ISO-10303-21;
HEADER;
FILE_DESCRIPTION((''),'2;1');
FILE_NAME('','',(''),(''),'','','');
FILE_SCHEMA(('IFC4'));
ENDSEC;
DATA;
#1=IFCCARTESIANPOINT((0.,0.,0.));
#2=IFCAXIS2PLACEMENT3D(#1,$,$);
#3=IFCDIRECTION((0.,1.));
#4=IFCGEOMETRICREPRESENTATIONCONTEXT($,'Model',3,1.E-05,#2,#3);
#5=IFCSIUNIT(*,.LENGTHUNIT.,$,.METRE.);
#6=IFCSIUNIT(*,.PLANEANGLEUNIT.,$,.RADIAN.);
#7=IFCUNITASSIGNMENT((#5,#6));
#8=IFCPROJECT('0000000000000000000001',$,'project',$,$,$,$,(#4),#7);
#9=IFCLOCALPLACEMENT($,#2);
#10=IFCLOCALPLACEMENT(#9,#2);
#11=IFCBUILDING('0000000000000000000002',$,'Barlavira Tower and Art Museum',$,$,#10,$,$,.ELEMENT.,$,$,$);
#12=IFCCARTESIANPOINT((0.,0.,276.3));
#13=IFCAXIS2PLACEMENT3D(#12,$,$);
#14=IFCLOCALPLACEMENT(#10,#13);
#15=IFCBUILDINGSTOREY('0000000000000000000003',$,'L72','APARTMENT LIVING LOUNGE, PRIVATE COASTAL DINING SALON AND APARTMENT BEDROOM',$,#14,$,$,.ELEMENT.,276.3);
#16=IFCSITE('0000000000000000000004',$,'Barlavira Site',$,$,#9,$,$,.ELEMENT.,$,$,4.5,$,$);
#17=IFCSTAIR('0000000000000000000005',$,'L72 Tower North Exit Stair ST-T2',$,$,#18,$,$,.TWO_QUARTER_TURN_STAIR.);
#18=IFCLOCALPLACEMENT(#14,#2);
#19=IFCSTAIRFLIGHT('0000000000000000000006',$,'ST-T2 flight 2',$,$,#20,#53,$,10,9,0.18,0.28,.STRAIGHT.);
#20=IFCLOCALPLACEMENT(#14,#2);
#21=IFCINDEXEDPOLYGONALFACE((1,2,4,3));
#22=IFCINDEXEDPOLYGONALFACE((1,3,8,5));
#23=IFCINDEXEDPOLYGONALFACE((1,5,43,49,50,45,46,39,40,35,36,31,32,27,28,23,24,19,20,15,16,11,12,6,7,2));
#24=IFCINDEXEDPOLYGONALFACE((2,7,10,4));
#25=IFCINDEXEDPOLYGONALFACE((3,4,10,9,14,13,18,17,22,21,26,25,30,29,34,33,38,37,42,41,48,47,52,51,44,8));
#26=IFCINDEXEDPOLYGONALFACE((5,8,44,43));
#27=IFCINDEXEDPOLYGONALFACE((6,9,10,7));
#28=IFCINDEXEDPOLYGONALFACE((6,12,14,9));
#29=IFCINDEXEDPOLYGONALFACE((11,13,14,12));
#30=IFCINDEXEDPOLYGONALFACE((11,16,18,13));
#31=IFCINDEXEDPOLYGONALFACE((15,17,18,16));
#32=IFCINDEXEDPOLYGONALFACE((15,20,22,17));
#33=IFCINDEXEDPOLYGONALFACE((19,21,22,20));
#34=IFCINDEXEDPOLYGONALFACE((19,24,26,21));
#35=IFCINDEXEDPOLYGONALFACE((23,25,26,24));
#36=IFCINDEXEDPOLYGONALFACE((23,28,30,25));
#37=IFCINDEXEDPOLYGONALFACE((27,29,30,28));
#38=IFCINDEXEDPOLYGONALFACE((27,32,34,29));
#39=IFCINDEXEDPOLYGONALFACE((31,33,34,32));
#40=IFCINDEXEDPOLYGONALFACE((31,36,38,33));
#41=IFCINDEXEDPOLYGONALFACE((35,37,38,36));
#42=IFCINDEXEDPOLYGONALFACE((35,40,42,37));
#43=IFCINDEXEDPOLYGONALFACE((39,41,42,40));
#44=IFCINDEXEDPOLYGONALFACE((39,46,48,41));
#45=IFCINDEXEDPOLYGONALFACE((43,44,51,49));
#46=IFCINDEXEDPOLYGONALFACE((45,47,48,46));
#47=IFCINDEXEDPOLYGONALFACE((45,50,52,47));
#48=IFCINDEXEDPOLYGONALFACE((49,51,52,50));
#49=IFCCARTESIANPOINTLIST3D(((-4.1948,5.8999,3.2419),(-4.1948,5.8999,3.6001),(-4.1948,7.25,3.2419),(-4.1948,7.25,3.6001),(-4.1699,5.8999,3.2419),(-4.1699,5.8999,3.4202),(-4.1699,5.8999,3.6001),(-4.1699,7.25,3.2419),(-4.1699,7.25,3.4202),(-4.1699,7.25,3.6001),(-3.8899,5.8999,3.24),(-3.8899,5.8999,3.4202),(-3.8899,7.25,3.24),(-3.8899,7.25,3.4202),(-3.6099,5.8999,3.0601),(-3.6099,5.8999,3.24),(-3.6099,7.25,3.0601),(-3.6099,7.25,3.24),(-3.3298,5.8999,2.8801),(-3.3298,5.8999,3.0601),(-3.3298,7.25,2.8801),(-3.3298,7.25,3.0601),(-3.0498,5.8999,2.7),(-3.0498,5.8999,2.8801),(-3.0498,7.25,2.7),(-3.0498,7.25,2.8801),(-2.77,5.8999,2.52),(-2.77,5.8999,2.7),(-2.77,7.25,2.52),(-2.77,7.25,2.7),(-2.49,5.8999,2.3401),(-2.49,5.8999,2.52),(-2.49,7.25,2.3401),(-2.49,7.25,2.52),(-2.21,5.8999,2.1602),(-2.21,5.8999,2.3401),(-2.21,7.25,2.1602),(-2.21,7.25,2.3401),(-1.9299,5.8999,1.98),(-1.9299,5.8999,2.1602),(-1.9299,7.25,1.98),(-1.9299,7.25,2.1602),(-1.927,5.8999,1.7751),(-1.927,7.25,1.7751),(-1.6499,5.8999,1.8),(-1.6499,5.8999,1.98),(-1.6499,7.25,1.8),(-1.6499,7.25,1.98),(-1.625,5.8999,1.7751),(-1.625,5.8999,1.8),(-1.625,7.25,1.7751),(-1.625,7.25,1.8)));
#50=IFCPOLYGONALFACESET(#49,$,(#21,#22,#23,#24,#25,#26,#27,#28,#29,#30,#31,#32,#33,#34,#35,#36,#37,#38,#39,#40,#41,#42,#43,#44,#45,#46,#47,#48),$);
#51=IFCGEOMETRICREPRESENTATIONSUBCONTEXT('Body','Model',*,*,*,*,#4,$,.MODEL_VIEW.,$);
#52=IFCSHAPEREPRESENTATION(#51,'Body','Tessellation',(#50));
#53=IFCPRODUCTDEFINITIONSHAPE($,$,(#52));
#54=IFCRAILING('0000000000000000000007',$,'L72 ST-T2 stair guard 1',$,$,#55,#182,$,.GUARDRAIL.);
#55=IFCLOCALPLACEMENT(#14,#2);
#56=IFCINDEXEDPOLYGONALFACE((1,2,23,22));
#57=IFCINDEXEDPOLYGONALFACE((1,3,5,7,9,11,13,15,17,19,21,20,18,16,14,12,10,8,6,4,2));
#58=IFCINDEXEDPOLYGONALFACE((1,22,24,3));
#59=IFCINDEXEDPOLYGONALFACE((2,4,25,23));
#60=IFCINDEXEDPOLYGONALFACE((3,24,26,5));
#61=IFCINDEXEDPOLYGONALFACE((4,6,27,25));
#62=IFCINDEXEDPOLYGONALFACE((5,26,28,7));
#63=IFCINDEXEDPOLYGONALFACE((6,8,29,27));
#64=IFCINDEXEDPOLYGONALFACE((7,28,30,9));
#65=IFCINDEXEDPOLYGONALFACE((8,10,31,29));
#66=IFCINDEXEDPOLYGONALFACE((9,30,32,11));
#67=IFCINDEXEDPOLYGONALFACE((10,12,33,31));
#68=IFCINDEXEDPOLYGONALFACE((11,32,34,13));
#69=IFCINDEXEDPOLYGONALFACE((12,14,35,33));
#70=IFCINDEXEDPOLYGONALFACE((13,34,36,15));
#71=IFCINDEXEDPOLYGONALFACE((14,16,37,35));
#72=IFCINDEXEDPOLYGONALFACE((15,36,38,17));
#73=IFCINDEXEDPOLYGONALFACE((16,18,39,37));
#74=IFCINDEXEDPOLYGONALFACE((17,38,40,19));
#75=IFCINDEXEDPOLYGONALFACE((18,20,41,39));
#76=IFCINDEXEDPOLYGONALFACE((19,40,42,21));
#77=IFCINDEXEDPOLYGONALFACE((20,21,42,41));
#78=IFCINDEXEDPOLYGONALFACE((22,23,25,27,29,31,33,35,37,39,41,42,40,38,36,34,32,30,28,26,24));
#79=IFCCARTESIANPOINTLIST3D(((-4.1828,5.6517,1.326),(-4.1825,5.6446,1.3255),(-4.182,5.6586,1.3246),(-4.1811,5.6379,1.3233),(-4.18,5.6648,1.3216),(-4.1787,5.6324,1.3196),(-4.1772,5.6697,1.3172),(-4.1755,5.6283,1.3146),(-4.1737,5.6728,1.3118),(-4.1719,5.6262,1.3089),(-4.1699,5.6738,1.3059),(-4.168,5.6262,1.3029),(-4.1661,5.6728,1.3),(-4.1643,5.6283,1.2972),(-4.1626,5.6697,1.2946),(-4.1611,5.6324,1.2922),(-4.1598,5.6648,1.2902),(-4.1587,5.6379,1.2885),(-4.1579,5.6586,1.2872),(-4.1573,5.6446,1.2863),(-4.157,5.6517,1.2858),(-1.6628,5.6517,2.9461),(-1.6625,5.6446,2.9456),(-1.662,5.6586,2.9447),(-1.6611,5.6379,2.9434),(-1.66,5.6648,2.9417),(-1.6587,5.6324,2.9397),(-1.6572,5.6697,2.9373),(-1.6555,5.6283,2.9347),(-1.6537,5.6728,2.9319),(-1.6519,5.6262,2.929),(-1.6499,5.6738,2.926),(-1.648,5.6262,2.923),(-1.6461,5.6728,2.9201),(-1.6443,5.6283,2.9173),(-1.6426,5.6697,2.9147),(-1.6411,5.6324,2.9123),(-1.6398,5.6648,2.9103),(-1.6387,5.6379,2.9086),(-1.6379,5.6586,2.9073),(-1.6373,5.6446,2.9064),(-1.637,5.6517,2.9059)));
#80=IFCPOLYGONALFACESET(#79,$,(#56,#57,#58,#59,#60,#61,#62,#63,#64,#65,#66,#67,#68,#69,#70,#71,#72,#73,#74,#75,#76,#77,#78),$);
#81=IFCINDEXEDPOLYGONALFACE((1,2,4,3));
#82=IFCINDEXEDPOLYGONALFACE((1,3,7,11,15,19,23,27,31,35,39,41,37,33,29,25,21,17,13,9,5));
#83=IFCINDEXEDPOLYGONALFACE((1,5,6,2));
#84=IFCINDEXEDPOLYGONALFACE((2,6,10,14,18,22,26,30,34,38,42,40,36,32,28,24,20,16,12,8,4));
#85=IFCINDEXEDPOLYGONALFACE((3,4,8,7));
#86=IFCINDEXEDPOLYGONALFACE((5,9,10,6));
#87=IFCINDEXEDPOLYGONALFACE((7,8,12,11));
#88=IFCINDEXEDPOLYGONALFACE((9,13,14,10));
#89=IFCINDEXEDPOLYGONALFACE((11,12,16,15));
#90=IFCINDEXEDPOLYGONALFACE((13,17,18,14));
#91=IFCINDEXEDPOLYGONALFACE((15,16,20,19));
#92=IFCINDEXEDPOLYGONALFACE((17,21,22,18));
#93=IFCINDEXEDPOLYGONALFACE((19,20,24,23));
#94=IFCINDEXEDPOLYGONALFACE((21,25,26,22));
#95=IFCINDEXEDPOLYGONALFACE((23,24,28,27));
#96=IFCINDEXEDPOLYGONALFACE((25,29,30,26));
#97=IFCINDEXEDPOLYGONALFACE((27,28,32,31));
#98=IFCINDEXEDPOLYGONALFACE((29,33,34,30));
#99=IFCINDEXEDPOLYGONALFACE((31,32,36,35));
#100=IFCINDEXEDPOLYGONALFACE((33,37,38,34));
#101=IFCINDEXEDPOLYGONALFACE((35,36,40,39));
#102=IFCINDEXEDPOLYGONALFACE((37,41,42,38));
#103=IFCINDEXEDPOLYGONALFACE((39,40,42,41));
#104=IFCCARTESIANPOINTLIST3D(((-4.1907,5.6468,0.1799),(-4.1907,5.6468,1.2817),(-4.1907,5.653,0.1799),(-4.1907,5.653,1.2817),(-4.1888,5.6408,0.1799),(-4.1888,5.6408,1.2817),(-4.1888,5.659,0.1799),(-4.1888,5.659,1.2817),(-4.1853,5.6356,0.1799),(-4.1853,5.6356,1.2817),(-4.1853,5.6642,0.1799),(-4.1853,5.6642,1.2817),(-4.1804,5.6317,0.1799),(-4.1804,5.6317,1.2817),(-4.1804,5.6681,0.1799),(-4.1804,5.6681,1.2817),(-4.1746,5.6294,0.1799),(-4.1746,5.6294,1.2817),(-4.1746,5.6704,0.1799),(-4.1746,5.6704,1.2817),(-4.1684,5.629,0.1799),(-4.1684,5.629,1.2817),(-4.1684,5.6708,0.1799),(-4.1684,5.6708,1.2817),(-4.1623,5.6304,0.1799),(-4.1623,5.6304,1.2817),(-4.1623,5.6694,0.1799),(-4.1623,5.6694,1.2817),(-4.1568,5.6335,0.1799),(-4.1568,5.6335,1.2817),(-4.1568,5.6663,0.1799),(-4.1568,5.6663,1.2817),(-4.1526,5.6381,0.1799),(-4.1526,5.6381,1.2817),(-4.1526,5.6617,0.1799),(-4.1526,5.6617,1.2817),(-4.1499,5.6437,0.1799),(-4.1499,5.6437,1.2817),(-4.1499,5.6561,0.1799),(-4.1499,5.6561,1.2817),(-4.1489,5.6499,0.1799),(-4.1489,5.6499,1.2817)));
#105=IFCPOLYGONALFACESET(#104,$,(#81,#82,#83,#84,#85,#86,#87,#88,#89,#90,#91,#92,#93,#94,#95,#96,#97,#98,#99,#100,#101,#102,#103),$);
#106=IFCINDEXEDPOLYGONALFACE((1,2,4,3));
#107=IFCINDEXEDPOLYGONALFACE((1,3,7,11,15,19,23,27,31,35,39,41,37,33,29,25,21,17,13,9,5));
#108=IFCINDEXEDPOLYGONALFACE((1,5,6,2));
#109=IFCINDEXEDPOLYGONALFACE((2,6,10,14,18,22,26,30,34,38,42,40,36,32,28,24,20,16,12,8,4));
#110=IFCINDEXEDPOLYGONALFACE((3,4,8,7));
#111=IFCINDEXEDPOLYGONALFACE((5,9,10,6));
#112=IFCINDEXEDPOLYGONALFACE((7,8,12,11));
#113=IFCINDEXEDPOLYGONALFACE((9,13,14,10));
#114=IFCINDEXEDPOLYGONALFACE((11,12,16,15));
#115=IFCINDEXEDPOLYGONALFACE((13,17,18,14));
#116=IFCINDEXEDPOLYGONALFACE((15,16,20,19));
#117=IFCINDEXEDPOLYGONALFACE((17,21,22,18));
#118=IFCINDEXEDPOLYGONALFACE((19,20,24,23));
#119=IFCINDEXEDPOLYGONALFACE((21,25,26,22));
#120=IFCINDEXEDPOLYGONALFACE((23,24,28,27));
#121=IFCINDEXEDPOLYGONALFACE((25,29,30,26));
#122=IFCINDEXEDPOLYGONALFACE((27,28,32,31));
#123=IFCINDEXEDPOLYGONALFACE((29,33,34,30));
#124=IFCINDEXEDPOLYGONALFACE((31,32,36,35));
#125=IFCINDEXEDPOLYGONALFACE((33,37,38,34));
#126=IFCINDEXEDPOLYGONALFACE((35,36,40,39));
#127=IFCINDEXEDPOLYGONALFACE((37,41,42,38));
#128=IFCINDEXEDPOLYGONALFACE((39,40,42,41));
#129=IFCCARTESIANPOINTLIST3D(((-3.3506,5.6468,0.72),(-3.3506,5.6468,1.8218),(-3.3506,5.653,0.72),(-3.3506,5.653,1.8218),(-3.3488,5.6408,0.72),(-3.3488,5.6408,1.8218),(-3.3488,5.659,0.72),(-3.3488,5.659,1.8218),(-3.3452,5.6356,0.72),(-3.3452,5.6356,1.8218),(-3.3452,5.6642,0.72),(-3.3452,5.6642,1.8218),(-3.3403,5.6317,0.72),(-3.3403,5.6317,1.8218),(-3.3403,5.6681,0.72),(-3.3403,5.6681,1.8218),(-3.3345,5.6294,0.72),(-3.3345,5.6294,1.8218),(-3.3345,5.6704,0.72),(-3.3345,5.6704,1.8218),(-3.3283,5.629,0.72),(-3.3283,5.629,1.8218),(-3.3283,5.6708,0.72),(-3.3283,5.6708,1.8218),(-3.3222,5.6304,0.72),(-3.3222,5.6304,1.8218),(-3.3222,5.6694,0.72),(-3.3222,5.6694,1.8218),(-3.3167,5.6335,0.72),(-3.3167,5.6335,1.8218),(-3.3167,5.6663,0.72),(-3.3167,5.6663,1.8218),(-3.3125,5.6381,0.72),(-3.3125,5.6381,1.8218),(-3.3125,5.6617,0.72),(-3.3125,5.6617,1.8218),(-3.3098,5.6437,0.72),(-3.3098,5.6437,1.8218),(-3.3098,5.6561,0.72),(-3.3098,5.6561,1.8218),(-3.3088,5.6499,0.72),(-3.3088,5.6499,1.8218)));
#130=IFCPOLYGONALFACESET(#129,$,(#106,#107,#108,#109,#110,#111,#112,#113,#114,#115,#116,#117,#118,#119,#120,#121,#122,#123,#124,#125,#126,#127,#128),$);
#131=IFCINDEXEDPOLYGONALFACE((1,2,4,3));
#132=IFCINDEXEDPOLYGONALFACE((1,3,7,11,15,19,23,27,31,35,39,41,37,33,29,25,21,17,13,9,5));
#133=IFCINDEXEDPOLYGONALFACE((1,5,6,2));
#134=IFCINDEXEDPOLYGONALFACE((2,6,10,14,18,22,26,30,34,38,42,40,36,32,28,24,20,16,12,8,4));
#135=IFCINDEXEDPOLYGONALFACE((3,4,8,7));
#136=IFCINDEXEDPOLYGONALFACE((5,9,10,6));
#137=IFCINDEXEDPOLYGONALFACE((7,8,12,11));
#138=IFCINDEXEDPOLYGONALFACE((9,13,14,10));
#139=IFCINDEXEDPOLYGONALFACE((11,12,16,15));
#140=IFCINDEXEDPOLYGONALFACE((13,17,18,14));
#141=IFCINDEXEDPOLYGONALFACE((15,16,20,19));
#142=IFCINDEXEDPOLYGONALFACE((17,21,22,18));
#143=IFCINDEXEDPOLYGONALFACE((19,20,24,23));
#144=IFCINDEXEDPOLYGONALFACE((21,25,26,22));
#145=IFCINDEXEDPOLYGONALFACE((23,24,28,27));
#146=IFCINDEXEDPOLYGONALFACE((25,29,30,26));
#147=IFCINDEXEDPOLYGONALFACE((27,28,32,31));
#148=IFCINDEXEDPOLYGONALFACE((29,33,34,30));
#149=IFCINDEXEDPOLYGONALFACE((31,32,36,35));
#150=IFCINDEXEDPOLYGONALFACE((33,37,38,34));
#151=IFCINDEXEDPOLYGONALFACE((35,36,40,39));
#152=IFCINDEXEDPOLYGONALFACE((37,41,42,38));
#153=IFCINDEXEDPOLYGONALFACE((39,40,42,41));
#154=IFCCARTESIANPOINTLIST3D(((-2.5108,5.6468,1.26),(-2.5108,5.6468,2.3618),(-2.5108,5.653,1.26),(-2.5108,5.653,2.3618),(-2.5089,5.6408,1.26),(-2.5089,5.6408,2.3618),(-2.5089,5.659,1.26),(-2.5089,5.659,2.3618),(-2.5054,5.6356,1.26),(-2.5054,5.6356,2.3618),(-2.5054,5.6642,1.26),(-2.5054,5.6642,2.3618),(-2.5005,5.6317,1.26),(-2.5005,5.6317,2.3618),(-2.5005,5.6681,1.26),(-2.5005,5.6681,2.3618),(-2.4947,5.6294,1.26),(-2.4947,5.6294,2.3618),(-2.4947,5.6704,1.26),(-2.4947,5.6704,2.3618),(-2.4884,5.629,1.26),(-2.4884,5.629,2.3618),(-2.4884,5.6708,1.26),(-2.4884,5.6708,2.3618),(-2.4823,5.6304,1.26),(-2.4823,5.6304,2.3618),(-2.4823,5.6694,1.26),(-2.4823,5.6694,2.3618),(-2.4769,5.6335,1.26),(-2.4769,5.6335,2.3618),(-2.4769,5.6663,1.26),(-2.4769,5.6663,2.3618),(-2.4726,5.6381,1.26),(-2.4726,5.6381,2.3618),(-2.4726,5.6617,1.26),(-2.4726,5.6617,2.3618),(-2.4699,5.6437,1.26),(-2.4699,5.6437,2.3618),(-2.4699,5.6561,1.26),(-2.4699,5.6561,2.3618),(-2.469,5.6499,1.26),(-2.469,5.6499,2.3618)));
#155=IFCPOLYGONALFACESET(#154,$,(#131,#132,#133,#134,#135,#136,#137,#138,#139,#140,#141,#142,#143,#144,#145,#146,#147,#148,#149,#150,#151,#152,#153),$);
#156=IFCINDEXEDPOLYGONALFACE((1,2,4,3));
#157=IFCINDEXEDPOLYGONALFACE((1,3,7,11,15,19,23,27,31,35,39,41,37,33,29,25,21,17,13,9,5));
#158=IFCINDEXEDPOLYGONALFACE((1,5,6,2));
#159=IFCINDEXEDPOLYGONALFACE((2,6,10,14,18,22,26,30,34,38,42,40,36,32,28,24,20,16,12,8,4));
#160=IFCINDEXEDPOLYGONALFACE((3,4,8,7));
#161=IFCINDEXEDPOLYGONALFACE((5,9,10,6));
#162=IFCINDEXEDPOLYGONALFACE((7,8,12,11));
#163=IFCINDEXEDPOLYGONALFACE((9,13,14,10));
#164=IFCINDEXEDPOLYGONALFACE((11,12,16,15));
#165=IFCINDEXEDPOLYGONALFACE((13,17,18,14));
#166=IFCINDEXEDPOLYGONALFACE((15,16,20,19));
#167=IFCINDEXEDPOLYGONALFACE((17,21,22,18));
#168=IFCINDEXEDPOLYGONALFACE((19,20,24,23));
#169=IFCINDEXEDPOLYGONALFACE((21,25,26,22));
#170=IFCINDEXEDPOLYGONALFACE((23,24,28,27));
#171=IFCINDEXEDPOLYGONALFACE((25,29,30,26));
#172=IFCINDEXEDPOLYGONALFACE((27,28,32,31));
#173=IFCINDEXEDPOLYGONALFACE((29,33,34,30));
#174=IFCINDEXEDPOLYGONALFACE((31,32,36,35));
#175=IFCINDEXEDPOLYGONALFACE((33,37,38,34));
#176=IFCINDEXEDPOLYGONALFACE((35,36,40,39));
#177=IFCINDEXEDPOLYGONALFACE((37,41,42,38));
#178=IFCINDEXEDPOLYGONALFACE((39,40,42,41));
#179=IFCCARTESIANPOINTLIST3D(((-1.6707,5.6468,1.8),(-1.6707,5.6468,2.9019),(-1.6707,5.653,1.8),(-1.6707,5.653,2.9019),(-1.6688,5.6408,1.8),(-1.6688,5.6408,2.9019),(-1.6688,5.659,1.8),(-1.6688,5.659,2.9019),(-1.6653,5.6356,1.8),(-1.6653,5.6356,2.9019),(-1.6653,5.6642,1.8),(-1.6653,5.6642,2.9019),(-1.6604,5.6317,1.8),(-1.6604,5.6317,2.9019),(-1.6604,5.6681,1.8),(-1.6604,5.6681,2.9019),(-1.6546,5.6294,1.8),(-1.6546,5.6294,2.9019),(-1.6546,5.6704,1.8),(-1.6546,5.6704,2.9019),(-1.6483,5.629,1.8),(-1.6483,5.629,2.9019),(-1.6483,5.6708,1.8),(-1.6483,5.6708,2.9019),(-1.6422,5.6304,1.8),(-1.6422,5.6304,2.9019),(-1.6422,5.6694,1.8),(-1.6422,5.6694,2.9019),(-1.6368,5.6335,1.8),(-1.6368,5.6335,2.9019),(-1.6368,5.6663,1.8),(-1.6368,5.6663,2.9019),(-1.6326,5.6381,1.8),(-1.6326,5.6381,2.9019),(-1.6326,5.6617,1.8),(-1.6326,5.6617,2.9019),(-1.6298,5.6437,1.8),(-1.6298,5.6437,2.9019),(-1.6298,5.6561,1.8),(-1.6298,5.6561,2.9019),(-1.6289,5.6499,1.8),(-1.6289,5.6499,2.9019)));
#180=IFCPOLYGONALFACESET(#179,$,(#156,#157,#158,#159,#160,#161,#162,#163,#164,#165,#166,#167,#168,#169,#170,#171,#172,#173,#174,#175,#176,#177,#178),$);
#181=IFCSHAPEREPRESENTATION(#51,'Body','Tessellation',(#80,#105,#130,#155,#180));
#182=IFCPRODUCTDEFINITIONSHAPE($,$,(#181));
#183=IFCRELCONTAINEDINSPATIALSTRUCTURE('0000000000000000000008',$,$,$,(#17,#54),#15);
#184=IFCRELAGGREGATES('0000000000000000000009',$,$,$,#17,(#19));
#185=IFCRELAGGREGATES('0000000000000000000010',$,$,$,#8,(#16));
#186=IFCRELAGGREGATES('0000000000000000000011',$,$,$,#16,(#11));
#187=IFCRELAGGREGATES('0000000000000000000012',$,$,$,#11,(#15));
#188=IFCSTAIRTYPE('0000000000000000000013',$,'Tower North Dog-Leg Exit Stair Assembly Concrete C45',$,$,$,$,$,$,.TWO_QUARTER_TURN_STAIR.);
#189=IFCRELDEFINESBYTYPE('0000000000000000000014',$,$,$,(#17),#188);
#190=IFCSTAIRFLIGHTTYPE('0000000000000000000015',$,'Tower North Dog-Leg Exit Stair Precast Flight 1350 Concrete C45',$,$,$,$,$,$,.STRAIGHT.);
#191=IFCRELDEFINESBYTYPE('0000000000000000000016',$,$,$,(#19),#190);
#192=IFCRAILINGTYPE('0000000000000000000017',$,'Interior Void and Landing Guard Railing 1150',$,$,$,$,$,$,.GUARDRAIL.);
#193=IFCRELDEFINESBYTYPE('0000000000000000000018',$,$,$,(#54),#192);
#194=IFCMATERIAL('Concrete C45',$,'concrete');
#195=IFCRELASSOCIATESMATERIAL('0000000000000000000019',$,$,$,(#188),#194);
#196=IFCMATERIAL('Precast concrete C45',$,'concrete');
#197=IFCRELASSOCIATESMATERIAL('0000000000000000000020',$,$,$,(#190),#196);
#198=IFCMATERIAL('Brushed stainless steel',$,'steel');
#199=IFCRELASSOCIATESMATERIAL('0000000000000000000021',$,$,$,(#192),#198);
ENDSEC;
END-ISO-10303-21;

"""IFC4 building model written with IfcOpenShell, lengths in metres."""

from ifc_helpers import new_model, si_unit, direction, frame, origin, origin_2d, place, context, subcontext, project, spatial, polyline, circle, outline, extrude, material, type_object, element, aggregate, save


model = new_model("IFC4")

# Units and contexts
model_context = context("Model", 3, precision=1e-05, world=origin(), true_north=direction((0.0, 1.0)))
body_context = subcontext(model_context, "Body", "Model", "MODEL_VIEW")
ifc_project = project(units=[si_unit("LENGTHUNIT", "METRE"), si_unit("PLANEANGLEUNIT", "RADIAN")], contexts=[model_context])

# Site, building, storey
site_placement = place(None, origin())
site = spatial("IfcSite", under=ifc_project, at=site_placement, Name="Barlavira Site", CompositionType="ELEMENT", RefElevation=4.5)
building_placement = place(site_placement, origin())
building = spatial("IfcBuilding", under=site, at=building_placement, Name="Barlavira Tower and Art Museum", CompositionType="ELEMENT")
storey_placement = place(building_placement, frame((0.0, 0.0, 276.3)))
storey = spatial("IfcBuildingStorey", under=building, at=storey_placement, Name="L72", Description="APARTMENT LIVING LOUNGE, PRIVATE COASTAL DINING SALON AND APARTMENT BEDROOM", CompositionType="ELEMENT", Elevation=276.3)

# Shared definitions
ifc_material_1 = material(Name="Brushed stainless steel", Category="steel")

# Stair, stair flight
ifc_material_2 = material(Name="Concrete C45", Category="concrete")
stair_type = type_object("IfcStairType", Name="Tower North Dog-Leg Exit Stair Assembly Concrete C45", PredefinedType="TWO_QUARTER_TURN_STAIR", material=ifc_material_2)
stair_placement = place(storey_placement, origin())
stair = element("IfcStair", 1, at=stair_placement, inside=storey, type_object=stair_type, Name="L72 Tower North Exit Stair ST-T2", PredefinedType="TWO_QUARTER_TURN_STAIR")
ifc_material_3 = material(Name="Precast concrete C45", Category="concrete")
stair_flight_type = type_object("IfcStairFlightType", Name="Tower North Dog-Leg Exit Stair Precast Flight 1350 Concrete C45", PredefinedType="STRAIGHT", material=ifc_material_3)
stair_flight_1_placement = place(storey_placement, frame((-1.6499, 6.575, 1.8), z_axis=(0.0, 0.0, 1.0), x_axis=(-1.0, 0.0, 0.0)))
stair_flight_1 = element("IfcStairFlight", 2, at=stair_flight_1_placement, type_object=stair_flight_type, Name="ST-T2 flight 2", NumberOfRisers=10, NumberOfTreads=9, PredefinedType="STRAIGHT", RiserHeight=0.18, TreadLength=0.28, context=body_context, shape_type="SweptSolid", body=[
    extrude(outline(polyline([(-0.0249, 0.0), (0.0, 0.0), (0.0, 0.1799), (0.28, 0.1799), (0.28, 0.3601), (0.5601, 0.3601), (0.5601, 0.54), (0.8401, 0.54), (0.8401, 0.72), (1.1201, 0.72), (1.1201, 0.8999), (1.3999, 0.8999), (1.3999, 1.0801), (1.6799, 1.0801), (1.6799, 1.26), (1.96, 1.26), (1.96, 1.4399), (2.24, 1.4399), (2.24, 1.6201), (2.52, 1.6201), (2.52, 1.8), (2.5449, 1.8), (2.5449, 1.4419), (2.52, 1.4419), (0.2771, -0.0249), (-0.0249, -0.0249), (-0.0249, 0.0)])), frame((0.0, 0.675, 0.0), z_axis=(0.0, -1.0, 0.0), x_axis=(1.0, 0.0, 0.0)), (0.0, 0.0, 1.0), 1.3501),
])
aggregate(stair, [stair_flight_1])

# Railing
railing_type_1 = type_object("IfcRailingType", Name="Interior Void and Landing Guard Railing 1150", PredefinedType="GUARDRAIL", material=ifc_material_1)
railing_1_placement = place(storey_placement, frame((-4.1699, 5.6499, 0.1799)))
element("IfcRailing", 3, at=railing_1_placement, inside=storey, type_object=railing_type_1, Name="L72 ST-T2 stair guard 1", PredefinedType="GUARDRAIL", context=body_context, shape_type="SweptSolid", body=[
    extrude(circle(Radius=0.0239, at=origin_2d()), frame((0.0, 0.0, 1.126), z_axis=(0.841163, 0.0, 0.540782), x_axis=(0.0, 1.0, 0.0)), (0.0, 0.0, 1.0), 2.9958),
    extrude(circle(Radius=0.021, at=origin_2d()), origin(), (0.0, 0.0, 1.0), 1.1018),
    extrude(circle(Radius=0.021, at=origin_2d()), frame((0.8401, 0.0, 0.54)), (0.0, 0.0, 1.0), 1.1018),
    extrude(circle(Radius=0.021, at=origin_2d()), frame((1.6799, 0.0, 1.0801)), (0.0, 0.0, 1.0), 1.1018),
    extrude(circle(Radius=0.021, at=origin_2d()), frame((2.52, 0.0, 1.6201)), (0.0, 0.0, 1.0), 1.1018),
])

save(model, "model.ifc")
